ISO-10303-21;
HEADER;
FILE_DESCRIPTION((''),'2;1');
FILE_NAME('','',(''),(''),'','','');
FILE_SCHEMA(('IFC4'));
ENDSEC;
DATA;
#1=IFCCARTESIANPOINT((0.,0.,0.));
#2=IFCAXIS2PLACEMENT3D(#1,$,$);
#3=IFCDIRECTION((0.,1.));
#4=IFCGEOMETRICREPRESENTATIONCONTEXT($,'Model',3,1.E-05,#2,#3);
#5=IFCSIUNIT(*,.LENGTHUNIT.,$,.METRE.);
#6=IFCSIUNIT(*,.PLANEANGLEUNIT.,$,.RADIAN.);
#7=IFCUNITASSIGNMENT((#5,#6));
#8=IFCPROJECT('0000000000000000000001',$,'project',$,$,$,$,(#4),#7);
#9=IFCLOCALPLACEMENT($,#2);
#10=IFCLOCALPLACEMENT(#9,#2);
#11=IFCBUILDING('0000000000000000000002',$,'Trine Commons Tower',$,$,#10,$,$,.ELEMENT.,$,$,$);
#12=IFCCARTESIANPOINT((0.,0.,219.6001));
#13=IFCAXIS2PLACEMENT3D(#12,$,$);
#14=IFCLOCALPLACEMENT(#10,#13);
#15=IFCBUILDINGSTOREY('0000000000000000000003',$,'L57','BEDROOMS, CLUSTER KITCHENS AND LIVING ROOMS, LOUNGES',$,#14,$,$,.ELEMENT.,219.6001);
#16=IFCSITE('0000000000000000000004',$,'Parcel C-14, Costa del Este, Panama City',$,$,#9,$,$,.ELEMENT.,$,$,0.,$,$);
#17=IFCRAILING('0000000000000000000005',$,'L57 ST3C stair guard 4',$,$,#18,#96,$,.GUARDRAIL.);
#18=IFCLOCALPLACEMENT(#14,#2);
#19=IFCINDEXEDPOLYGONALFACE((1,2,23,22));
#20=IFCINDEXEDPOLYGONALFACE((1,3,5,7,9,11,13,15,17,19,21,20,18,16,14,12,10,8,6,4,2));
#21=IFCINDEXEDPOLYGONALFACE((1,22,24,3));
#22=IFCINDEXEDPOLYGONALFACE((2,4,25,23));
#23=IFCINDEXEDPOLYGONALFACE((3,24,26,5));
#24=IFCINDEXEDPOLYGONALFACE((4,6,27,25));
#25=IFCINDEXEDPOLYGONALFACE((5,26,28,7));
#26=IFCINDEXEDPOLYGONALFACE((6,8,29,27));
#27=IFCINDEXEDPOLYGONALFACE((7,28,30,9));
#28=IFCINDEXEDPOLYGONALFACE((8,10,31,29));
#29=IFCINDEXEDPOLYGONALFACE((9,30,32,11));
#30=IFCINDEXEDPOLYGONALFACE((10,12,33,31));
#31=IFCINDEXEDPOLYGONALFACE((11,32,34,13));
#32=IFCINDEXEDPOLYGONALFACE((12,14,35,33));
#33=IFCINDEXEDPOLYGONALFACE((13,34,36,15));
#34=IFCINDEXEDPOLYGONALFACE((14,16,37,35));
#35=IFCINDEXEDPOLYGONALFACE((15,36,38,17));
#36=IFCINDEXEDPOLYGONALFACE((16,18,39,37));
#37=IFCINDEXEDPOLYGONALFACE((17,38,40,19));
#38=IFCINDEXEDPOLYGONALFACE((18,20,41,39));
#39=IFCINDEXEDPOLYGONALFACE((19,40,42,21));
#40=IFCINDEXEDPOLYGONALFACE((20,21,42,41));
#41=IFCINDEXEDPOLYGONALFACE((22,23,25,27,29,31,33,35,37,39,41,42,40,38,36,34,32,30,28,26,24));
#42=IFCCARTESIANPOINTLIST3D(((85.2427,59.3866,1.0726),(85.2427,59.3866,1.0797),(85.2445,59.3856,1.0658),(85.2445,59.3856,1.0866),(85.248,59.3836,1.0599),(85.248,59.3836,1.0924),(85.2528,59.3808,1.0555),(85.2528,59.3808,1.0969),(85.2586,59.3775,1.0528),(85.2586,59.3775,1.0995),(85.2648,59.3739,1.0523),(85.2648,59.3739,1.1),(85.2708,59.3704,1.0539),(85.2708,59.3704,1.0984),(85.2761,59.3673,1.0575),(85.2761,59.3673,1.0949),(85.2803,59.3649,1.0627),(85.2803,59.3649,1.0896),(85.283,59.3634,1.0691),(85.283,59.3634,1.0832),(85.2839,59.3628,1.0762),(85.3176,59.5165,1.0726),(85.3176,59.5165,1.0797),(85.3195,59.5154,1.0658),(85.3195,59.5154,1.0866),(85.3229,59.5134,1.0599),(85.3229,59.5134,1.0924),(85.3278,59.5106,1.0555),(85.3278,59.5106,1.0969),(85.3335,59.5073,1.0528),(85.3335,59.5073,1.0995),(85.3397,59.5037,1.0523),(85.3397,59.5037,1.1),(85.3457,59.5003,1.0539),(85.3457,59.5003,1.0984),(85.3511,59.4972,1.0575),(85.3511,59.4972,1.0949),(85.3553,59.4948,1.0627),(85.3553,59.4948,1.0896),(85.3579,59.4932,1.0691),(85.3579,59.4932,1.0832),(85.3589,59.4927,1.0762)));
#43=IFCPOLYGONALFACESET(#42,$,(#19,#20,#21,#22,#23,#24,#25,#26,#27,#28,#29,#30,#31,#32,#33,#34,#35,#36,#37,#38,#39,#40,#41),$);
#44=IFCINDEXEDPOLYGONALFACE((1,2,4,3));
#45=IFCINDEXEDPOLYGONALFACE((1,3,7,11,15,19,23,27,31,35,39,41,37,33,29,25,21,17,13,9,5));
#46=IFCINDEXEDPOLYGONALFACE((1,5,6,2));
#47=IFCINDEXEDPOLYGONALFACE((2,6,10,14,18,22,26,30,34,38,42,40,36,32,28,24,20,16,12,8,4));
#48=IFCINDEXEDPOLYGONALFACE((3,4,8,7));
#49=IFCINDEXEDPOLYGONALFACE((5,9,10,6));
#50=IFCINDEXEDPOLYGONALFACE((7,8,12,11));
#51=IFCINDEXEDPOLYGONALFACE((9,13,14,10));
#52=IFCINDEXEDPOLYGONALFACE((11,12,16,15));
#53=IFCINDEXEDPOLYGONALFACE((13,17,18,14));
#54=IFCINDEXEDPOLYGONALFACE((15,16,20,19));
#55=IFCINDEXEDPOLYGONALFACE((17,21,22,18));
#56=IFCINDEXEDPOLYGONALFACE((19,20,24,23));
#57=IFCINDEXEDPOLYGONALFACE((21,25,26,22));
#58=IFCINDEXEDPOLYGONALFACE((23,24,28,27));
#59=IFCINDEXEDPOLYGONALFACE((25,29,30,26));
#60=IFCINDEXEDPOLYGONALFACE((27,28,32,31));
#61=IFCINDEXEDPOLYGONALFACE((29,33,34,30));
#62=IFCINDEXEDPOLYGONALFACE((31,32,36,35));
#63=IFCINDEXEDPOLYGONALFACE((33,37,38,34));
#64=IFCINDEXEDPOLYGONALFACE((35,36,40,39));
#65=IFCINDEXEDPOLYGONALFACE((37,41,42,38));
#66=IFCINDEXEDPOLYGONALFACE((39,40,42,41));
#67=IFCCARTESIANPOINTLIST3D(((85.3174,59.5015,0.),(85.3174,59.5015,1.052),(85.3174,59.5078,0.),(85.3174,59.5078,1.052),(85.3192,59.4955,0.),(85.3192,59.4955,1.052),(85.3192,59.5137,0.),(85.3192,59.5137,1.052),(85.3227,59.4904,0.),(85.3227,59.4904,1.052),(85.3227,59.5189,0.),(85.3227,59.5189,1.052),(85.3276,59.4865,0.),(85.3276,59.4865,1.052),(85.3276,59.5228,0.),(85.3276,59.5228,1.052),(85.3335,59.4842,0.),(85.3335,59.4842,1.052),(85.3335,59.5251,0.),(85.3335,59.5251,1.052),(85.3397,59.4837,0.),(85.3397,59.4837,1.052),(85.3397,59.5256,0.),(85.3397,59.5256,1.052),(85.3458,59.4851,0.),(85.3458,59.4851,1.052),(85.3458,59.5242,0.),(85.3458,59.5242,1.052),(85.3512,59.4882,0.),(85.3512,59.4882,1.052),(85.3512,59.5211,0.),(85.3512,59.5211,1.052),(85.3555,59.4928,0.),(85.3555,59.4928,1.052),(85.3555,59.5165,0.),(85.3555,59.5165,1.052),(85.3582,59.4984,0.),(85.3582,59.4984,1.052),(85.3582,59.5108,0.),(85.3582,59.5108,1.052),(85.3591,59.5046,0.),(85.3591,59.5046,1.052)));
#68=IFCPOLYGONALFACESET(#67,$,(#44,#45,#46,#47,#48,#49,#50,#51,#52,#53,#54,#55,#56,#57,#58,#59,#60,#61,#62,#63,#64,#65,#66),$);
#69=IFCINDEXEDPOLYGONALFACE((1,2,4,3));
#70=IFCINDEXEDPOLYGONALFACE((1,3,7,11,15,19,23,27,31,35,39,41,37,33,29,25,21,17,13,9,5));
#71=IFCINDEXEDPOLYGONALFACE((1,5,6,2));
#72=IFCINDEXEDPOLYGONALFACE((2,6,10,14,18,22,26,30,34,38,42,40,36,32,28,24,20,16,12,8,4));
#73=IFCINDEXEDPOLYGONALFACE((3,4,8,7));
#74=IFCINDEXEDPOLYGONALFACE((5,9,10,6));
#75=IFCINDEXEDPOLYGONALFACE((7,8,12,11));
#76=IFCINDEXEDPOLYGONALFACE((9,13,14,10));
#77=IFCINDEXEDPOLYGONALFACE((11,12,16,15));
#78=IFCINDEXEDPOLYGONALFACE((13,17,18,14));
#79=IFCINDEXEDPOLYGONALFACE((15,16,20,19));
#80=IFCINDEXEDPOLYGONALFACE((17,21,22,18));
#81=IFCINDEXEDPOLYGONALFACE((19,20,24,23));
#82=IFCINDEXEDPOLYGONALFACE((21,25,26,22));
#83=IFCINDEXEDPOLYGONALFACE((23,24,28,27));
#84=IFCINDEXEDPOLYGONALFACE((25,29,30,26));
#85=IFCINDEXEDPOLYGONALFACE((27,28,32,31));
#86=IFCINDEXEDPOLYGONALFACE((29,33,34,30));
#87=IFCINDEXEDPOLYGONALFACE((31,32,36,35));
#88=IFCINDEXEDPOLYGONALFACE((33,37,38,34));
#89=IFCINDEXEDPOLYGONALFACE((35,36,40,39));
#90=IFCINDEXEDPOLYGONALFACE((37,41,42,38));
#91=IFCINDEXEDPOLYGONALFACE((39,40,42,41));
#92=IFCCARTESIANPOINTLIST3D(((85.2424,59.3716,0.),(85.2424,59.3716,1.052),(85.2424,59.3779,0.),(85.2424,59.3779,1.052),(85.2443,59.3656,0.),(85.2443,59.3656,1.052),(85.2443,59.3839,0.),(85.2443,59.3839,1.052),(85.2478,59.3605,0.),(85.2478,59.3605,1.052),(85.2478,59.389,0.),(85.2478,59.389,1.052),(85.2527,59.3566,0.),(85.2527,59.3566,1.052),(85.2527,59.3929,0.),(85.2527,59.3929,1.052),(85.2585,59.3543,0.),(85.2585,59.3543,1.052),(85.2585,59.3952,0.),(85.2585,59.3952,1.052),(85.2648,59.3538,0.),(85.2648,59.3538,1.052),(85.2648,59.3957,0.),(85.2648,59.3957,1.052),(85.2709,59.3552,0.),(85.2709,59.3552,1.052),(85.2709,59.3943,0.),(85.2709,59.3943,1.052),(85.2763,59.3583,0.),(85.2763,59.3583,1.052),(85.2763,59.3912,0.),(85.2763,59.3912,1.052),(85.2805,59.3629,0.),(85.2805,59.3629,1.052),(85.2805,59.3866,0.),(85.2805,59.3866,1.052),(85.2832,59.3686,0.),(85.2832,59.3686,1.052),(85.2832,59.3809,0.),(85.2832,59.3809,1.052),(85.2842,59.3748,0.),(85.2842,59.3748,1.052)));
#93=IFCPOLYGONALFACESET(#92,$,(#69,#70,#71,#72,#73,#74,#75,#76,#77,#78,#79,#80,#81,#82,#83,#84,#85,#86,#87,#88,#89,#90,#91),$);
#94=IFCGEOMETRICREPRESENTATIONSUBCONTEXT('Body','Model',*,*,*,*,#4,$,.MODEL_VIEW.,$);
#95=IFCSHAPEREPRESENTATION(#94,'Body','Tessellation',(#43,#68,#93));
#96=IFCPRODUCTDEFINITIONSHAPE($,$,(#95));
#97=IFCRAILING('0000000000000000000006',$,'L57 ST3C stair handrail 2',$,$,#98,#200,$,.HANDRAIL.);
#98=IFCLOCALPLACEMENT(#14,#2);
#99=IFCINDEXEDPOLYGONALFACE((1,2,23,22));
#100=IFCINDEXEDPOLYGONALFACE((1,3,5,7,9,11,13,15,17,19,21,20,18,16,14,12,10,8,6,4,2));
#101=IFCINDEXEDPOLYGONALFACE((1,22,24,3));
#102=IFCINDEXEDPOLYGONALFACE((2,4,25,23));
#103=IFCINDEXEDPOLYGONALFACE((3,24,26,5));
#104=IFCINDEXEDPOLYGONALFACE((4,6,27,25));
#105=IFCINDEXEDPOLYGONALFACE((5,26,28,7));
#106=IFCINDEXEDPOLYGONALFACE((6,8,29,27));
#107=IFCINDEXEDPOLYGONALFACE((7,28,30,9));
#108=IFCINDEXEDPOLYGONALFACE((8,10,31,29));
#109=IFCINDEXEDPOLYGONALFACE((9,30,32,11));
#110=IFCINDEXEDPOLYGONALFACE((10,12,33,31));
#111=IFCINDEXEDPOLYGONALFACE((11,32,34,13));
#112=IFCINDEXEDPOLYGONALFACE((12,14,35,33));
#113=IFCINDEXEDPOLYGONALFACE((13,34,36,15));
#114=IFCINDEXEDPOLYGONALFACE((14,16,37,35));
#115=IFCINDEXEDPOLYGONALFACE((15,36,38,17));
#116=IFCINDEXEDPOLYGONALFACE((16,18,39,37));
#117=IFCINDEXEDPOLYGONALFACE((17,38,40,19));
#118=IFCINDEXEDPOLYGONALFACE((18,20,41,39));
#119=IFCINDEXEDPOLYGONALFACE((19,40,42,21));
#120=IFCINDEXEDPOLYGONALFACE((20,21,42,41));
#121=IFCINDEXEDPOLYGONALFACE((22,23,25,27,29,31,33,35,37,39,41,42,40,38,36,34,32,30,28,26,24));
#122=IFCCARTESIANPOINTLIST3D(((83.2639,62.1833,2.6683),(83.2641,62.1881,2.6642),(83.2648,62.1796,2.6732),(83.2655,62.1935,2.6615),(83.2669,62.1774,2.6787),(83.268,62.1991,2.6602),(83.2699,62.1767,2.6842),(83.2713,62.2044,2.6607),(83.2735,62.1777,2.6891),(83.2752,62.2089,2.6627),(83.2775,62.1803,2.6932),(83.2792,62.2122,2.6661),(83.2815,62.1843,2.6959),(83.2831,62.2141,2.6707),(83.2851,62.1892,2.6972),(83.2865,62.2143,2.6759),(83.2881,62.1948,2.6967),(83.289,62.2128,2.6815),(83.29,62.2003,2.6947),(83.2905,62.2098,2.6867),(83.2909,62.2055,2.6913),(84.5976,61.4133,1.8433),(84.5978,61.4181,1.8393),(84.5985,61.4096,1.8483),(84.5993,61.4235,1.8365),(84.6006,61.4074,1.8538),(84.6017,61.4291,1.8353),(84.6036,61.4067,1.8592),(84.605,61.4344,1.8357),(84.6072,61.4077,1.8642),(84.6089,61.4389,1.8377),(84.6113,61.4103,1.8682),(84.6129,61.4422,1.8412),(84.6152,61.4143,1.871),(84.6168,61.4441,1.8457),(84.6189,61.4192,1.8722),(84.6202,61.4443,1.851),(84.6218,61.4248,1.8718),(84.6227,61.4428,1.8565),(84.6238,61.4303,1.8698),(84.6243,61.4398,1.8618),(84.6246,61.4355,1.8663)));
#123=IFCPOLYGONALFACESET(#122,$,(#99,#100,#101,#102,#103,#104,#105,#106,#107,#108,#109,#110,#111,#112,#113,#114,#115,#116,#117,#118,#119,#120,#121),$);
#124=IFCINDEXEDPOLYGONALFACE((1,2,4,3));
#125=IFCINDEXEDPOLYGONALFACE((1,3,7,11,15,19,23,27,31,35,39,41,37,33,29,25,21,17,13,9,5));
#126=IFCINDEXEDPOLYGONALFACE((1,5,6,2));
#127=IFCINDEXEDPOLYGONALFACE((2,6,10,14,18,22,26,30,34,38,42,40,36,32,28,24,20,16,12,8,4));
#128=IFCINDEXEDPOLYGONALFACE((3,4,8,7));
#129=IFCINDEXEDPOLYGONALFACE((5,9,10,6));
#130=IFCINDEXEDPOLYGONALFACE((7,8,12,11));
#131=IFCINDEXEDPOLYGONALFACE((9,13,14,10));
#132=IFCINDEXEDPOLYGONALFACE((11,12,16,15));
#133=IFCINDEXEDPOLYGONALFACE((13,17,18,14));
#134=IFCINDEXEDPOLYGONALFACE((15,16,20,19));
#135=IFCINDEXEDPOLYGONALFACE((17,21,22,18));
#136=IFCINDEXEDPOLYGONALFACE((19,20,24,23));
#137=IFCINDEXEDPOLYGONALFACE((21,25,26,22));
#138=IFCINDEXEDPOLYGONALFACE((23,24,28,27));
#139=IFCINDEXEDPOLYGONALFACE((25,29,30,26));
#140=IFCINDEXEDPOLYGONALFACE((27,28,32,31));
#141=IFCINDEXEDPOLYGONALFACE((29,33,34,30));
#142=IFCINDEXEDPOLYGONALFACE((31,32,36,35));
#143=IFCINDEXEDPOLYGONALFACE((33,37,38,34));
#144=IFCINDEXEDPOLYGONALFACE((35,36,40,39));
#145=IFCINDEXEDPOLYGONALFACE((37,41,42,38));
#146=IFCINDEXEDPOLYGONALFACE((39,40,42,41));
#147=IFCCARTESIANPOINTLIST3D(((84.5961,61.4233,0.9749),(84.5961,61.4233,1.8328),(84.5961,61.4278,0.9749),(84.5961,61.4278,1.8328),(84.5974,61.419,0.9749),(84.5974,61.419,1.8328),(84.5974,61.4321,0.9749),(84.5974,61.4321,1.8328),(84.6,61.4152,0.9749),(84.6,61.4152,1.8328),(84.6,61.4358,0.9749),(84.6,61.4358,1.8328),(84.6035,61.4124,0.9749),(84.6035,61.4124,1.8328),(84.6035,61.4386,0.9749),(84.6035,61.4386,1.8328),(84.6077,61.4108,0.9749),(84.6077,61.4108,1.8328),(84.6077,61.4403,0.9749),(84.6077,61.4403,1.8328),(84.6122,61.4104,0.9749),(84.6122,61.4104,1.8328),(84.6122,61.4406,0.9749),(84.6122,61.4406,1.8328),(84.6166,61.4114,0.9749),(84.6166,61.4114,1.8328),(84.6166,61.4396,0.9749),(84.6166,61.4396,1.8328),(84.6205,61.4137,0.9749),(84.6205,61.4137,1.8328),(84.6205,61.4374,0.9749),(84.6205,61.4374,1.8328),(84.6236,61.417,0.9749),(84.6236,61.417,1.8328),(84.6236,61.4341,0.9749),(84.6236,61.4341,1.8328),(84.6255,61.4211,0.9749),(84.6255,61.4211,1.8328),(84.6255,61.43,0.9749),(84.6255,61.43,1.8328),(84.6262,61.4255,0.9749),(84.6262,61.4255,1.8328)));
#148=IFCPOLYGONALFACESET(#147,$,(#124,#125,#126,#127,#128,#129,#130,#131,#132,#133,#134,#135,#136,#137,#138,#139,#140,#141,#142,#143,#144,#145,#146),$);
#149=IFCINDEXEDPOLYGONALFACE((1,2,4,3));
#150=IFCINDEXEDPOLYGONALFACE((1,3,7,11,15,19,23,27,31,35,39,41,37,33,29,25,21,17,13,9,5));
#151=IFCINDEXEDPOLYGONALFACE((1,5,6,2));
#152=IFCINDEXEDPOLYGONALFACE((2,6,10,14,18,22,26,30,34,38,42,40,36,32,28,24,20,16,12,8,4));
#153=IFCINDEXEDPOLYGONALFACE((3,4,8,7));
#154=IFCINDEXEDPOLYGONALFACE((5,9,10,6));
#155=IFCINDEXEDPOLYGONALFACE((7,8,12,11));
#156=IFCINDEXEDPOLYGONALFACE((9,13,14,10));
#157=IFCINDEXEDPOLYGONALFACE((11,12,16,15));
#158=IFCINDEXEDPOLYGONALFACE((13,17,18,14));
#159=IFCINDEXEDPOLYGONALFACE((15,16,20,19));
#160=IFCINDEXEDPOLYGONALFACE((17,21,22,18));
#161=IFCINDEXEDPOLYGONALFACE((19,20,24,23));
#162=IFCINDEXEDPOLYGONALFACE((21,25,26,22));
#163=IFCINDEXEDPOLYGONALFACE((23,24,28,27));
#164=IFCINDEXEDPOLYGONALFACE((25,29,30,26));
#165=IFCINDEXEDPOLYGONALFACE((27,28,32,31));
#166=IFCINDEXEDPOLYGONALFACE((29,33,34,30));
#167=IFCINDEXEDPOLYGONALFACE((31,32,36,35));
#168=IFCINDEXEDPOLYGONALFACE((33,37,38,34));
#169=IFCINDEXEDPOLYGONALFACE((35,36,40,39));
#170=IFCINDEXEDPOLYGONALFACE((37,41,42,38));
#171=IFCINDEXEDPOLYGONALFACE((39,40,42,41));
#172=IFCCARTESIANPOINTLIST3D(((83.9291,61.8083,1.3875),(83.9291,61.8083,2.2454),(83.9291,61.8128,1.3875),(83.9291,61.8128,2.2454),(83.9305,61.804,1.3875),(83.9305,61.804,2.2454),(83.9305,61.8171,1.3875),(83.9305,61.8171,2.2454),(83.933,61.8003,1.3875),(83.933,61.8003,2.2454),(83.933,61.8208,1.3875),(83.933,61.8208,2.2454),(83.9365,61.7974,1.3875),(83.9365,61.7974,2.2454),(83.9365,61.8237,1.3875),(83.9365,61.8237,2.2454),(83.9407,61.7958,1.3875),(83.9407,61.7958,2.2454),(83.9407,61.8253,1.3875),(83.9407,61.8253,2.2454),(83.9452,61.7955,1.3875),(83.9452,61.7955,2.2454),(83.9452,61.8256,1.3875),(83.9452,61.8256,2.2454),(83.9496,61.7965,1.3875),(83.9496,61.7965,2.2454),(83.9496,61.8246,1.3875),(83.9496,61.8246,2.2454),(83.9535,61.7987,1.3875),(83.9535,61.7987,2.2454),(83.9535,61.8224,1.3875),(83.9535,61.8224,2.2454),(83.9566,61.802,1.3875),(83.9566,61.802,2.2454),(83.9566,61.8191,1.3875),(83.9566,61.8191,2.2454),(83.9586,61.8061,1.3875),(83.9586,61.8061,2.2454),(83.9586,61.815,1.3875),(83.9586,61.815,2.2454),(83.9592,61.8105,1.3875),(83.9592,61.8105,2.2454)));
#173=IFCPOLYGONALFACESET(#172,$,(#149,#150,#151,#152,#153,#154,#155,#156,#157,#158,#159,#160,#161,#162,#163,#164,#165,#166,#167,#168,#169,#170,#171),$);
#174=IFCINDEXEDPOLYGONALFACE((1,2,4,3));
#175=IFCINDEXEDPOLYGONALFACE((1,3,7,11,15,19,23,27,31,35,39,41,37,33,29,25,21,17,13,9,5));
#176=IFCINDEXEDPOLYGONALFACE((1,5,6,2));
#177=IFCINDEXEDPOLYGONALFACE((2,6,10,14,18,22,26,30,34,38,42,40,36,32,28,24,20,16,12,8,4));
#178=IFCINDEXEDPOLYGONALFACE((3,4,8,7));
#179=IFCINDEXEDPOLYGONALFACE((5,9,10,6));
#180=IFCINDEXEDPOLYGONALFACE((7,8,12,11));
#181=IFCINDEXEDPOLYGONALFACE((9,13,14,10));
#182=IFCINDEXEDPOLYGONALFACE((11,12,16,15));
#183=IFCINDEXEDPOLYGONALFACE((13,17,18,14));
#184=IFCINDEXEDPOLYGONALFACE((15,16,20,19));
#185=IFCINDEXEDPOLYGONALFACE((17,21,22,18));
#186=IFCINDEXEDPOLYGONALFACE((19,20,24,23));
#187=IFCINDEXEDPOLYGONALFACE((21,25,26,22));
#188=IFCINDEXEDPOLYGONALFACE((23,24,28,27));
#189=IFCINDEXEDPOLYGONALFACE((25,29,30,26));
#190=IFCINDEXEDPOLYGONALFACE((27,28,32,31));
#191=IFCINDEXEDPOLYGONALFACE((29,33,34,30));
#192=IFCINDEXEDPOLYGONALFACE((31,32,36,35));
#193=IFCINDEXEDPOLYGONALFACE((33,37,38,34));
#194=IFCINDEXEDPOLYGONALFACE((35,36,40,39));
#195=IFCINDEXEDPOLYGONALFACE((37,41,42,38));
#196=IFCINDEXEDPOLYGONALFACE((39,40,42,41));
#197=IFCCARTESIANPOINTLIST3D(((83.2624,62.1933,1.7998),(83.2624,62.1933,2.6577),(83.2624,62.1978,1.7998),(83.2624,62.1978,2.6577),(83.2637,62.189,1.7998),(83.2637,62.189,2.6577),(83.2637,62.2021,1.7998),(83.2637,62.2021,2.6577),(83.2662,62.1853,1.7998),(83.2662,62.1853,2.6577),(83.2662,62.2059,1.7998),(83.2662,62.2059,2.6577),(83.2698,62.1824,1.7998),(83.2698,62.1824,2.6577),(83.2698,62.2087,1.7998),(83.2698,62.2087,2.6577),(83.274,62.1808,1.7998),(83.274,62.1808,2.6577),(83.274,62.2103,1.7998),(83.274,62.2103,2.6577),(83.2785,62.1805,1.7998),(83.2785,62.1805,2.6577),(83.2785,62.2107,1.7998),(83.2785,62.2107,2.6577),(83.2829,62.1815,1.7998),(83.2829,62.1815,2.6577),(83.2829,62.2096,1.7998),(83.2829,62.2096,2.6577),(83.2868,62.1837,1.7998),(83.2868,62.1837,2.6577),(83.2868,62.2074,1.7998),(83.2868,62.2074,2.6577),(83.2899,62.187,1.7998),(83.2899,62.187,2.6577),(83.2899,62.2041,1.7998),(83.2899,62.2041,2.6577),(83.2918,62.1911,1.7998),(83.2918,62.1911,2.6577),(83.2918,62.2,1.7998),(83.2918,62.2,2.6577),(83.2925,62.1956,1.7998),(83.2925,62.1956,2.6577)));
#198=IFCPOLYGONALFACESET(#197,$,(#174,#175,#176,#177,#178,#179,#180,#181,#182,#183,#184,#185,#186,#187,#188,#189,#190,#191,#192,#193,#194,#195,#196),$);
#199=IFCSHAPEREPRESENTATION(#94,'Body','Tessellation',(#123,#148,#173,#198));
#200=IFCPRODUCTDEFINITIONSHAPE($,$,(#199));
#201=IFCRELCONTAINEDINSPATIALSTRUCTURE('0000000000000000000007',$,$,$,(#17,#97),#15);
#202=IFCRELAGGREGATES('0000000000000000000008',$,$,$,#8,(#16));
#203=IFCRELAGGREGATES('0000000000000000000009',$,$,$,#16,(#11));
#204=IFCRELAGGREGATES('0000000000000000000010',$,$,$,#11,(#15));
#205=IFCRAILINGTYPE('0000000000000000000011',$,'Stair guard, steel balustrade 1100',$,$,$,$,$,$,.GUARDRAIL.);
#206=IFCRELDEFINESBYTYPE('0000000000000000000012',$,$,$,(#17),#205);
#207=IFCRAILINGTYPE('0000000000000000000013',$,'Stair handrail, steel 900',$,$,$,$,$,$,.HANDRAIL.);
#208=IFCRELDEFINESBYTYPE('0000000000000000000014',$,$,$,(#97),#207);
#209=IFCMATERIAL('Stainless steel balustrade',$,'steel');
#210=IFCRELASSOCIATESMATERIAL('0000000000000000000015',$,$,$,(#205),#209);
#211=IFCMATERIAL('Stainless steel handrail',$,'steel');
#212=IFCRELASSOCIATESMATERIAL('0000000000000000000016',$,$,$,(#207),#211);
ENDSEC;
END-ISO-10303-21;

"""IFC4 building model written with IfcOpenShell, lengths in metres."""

from ifc_helpers import new_model, si_unit, direction, frame, origin, origin_2d, place, context, subcontext, project, spatial, circle, extrude, material, type_object, element, save


model = new_model("IFC4")

# Units and contexts
model_context = context("Model", 3, precision=1e-05, world=origin(), true_north=direction((0.0, 1.0)))
body_context = subcontext(model_context, "Body", "Model", "MODEL_VIEW")
ifc_project = project(units=[si_unit("LENGTHUNIT", "METRE"), si_unit("PLANEANGLEUNIT", "RADIAN")], contexts=[model_context])

# Site, building, storey
site_placement = place(None, origin())
site = spatial("IfcSite", under=ifc_project, at=site_placement, Name="Parcel C-14, Costa del Este, Panama City", CompositionType="ELEMENT", RefElevation=0.0)
building_placement = place(site_placement, origin())
building = spatial("IfcBuilding", under=site, at=building_placement, Name="Trine Commons Tower", CompositionType="ELEMENT")
storey_placement = place(building_placement, frame((0.0, 0.0, 219.6001)))
storey = spatial("IfcBuildingStorey", under=building, at=storey_placement, Name="L57", Description="BEDROOMS, CLUSTER KITCHENS AND LIVING ROOMS, LOUNGES", CompositionType="ELEMENT", Elevation=219.6001)

# Railings
ifc_material_1 = material(Name="Stainless steel balustrade", Category="steel")
railing_type_1 = type_object("IfcRailingType", Name="Stair guard, steel balustrade 1100", PredefinedType="GUARDRAIL", material=ifc_material_1)
railing_1_placement = place(storey_placement, frame((85.3381, 59.5046, 0.0)))
element("IfcRailing", 1, at=railing_1_placement, inside=storey, type_object=railing_type_1, Name="L57 ST3C stair guard 4", PredefinedType="GUARDRAIL", context=body_context, shape_type="SweptSolid", body=[
    extrude(circle(Radius=0.0239, at=origin_2d()), frame((0.0, 0.0, 1.0762), z_axis=(-0.499816, -0.866131, 0.0), x_axis=(0.866131, -0.499816, 0.0)), (0.0, 0.0, 1.0), 0.1499),
    extrude(circle(Radius=0.021, at=origin_2d()), origin(), (0.0, 0.0, 1.0), 1.052),
    extrude(circle(Radius=0.021, at=origin_2d()), frame((-0.075, -0.1299, 0.0)), (0.0, 0.0, 1.0), 1.052),
])
ifc_material_2 = material(Name="Stainless steel handrail", Category="steel")
railing_type_2 = type_object("IfcRailingType", Name="Stair handrail, steel 900", PredefinedType="HANDRAIL", material=ifc_material_2)
railing_2_placement = place(storey_placement, frame((84.6111, 61.4255, 0.9749)))
element("IfcRailing", 2, at=railing_2_placement, inside=storey, type_object=railing_type_2, Name="L57 ST3C stair handrail 2", PredefinedType="HANDRAIL", context=body_context, shape_type="SweptSolid", body=[
    extrude(circle(Radius=0.021, at=origin_2d()), frame((0.0, 0.0, 0.8789), z_axis=(-0.763405, 0.440743, 0.472185), x_axis=(-0.499992, -0.86603, 0.0)), (0.0, 0.0, 1.0), 1.7471),
    extrude(circle(Radius=0.0151, at=origin_2d()), origin(), (0.0, 0.0, 1.0), 0.8579),
    extrude(circle(Radius=0.0151, at=origin_2d()), frame((-0.667, 0.385, 0.4126)), (0.0, 0.0, 1.0), 0.8579),
    extrude(circle(Radius=0.0151, at=origin_2d()), frame((-1.3337, 0.77, 0.825)), (0.0, 0.0, 1.0), 0.8579),
])

save(model, "model.ifc")
